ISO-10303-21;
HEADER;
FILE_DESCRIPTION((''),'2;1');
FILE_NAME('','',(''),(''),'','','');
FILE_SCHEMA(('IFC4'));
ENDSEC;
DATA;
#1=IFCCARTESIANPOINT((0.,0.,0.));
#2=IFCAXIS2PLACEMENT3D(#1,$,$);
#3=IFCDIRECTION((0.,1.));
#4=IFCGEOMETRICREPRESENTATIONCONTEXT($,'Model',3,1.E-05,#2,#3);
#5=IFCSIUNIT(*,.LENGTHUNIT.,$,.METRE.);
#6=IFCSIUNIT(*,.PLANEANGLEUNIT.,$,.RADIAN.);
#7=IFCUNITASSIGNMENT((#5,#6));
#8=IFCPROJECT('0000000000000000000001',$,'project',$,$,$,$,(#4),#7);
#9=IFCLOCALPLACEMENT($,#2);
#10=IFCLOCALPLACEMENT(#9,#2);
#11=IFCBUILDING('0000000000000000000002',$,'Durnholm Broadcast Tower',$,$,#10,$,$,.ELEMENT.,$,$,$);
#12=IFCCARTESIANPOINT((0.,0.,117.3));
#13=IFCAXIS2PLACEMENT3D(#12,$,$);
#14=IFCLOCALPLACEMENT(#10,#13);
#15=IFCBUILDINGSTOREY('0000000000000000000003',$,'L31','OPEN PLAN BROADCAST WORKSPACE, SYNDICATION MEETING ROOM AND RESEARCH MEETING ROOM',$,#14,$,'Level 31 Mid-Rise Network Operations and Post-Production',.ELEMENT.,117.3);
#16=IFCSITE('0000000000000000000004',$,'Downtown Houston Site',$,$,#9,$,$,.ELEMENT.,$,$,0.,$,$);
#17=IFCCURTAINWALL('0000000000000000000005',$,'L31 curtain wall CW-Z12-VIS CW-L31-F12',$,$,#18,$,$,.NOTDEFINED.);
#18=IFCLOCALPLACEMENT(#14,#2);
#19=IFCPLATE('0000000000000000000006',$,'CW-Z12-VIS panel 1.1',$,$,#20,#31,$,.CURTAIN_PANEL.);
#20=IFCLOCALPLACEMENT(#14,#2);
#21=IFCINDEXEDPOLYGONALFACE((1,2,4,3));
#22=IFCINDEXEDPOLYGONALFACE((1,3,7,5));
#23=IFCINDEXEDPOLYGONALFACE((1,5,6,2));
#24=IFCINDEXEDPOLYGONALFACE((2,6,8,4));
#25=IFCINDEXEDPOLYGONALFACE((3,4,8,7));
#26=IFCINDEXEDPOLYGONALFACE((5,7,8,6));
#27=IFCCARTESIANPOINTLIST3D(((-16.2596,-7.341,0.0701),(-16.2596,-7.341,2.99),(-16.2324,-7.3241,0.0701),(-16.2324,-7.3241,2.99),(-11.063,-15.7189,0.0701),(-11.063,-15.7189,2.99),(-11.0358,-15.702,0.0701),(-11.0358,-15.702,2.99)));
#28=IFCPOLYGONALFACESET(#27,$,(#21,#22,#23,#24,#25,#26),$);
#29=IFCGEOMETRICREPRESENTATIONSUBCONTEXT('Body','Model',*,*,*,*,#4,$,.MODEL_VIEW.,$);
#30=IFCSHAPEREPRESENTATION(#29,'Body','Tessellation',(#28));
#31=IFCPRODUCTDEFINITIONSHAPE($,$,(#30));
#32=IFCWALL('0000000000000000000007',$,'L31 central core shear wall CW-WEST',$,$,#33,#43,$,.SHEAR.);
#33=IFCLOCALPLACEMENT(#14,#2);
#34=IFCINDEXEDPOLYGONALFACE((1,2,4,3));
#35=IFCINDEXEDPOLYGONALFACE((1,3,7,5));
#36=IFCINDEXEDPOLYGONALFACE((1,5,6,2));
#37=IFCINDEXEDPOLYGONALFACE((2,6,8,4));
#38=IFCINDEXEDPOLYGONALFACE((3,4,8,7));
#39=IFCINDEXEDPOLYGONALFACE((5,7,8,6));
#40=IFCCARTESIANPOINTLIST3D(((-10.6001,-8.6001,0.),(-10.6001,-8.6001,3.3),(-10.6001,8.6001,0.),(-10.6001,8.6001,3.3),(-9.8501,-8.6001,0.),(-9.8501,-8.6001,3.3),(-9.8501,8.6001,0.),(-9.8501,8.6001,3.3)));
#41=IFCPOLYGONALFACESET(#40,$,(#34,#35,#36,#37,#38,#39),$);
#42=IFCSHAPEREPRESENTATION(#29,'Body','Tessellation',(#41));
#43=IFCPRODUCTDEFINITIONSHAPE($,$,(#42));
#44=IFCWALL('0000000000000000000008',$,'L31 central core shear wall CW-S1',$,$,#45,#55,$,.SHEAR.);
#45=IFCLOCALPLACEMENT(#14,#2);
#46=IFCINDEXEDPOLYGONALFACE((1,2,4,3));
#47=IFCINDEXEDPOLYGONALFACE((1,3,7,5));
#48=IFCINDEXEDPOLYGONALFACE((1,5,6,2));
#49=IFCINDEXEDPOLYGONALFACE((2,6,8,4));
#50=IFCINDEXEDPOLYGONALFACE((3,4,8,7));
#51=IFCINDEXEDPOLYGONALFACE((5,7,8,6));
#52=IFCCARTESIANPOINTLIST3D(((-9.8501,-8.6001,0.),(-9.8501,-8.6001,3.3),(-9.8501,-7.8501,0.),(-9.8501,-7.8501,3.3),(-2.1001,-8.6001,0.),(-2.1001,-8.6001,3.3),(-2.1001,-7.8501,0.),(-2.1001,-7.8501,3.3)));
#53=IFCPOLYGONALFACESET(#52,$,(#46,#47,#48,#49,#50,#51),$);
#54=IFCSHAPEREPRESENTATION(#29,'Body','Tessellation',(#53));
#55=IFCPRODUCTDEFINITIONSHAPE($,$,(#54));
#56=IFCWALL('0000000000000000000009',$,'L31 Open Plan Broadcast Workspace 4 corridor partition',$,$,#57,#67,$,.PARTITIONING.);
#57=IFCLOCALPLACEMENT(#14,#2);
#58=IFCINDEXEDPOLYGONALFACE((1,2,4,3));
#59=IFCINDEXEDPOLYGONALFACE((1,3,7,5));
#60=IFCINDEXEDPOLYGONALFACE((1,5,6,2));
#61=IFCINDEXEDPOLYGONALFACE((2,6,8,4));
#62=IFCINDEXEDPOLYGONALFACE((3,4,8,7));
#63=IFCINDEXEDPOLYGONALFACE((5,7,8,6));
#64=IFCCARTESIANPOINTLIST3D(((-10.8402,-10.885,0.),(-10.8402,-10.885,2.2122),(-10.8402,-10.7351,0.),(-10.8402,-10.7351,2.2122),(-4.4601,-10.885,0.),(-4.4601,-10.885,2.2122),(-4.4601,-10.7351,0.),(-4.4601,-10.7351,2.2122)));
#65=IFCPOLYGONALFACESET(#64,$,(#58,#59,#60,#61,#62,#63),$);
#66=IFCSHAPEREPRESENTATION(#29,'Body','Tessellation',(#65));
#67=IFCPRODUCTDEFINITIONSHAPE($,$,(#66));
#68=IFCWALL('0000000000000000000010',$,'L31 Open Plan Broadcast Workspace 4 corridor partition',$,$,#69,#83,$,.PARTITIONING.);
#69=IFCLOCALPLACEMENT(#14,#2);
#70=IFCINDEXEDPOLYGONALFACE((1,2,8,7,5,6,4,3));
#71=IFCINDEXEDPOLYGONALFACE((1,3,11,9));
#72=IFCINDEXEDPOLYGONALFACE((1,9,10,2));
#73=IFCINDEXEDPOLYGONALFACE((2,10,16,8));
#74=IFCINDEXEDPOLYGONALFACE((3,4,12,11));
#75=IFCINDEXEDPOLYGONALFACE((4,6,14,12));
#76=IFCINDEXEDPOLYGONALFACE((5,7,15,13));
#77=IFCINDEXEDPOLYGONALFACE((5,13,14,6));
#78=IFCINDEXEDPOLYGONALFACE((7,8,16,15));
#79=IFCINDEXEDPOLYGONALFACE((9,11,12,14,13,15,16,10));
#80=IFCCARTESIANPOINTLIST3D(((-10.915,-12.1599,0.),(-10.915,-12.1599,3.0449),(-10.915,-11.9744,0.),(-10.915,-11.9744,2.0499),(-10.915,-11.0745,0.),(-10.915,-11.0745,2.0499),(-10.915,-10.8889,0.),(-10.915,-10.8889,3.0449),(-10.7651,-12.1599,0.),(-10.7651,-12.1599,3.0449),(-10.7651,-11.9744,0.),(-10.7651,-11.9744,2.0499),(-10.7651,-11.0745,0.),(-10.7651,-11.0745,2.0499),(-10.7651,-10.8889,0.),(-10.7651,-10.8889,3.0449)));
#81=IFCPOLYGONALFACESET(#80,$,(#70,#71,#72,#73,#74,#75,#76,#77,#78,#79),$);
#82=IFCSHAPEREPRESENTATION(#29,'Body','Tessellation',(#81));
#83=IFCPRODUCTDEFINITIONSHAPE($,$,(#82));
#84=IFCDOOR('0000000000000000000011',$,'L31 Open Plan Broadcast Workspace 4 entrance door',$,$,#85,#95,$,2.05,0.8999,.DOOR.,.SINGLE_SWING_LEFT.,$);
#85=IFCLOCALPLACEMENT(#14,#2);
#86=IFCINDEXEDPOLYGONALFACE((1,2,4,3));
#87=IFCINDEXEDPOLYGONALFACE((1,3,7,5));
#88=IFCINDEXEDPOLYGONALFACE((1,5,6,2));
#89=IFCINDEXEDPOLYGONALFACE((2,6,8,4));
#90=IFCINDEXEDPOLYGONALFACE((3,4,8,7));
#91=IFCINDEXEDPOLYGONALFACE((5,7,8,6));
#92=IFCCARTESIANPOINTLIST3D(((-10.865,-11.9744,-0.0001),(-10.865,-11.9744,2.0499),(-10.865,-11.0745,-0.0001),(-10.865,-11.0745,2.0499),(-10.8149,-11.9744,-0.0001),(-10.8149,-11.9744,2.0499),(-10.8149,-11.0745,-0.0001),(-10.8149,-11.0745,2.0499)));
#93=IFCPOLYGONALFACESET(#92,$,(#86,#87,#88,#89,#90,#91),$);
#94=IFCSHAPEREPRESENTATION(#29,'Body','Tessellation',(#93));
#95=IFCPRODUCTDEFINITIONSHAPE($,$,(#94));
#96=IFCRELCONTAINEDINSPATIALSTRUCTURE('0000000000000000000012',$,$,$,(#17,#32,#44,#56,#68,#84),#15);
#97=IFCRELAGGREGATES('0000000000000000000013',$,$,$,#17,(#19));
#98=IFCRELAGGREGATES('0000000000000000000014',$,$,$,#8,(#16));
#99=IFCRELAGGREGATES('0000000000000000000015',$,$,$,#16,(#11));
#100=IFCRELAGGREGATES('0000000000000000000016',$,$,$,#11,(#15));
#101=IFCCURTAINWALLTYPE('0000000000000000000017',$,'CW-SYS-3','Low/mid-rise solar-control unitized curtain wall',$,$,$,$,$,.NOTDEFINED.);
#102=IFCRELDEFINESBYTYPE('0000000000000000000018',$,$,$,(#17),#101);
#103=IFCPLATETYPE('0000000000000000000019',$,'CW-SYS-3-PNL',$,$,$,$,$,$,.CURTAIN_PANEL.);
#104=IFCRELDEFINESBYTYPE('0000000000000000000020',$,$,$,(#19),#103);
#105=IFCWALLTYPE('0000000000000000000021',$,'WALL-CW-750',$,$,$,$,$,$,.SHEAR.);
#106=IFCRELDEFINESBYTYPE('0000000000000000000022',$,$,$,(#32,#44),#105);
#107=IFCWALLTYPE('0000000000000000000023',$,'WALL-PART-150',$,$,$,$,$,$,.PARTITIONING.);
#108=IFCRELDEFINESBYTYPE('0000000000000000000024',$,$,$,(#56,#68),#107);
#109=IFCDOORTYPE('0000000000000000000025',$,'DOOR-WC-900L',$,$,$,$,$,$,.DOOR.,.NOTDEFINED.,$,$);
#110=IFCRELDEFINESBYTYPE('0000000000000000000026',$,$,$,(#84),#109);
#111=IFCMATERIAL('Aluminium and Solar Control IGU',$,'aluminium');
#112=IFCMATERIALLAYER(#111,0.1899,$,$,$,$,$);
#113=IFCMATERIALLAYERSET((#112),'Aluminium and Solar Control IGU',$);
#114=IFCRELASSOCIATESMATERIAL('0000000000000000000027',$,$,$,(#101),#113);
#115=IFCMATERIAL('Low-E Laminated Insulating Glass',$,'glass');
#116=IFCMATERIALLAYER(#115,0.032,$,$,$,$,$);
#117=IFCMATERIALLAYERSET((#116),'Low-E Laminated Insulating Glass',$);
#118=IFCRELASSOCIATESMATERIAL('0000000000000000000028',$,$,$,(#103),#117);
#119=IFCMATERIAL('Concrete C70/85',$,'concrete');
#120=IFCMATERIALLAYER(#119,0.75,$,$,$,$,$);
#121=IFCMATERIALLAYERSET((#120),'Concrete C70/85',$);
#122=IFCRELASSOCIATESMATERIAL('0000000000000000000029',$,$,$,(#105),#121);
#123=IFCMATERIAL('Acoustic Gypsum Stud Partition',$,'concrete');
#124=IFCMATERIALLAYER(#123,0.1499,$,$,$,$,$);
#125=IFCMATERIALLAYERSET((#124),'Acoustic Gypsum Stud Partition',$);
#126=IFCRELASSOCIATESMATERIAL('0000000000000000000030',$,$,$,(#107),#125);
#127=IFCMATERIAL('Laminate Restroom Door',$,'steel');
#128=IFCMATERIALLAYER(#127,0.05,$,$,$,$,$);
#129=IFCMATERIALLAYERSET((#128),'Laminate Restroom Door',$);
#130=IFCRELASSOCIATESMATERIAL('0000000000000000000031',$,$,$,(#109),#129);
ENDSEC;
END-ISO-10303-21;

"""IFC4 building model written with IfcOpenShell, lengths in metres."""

from ifc_helpers import new_model, si_unit, direction, frame, frame_2d, origin, origin_2d, place, context, subcontext, project, spatial, rectangle, extrude, source, transform, mapped, material, layer, layer_set, type_object, type_shapes, element, fill, aggregate, save


model = new_model("IFC4")

# Units and contexts
model_context = context("Model", 3, precision=1e-05, world=origin(), true_north=direction((0.0, 1.0)))
body_context = subcontext(model_context, "Body", "Model", "MODEL_VIEW")
ifc_project = project(units=[si_unit("LENGTHUNIT", "METRE"), si_unit("PLANEANGLEUNIT", "RADIAN")], contexts=[model_context])

# Site, building, storey
site_placement = place(None, origin())
site = spatial("IfcSite", under=ifc_project, at=site_placement, Name="Downtown Houston Site", CompositionType="ELEMENT", RefElevation=0.0)
building_placement = place(site_placement, origin())
building = spatial("IfcBuilding", under=site, at=building_placement, Name="Durnholm Broadcast Tower", CompositionType="ELEMENT")
storey_placement = place(building_placement, frame((0.0, 0.0, 117.3)))
storey = spatial("IfcBuildingStorey", under=building, at=storey_placement, Name="L31", Description="OPEN PLAN BROADCAST WORKSPACE, SYNDICATION MEETING ROOM AND RESEARCH MEETING ROOM", LongName="Level 31 Mid-Rise Network Operations and Post-Production", CompositionType="ELEMENT", Elevation=117.3)

# Shared definitions
ifc_material_1 = material(Name="Concrete C70/85", Category="concrete")

# Shared definitions
ifc_material_2 = material(Name="Aluminium and Solar Control IGU", Category="aluminium")

# Curtain wall
ifc_layer_1 = layer(ifc_material_2, 0.1899)
ifc_layer_set_1 = layer_set([ifc_layer_1], Name="Aluminium and Solar Control IGU")
curtain_wall_type_1 = type_object("IfcCurtainWallType", Name="CW-SYS-3", Description="Low/mid-rise solar-control unitized curtain wall", PredefinedType="NOTDEFINED", material=ifc_layer_set_1)
curtain_wall_1_placement = place(storey_placement, origin())
curtain_wall_1 = element("IfcCurtainWall", 1, at=curtain_wall_1_placement, inside=storey, type_object=curtain_wall_type_1, Name="L31 curtain wall CW-Z12-VIS CW-L31-F12", PredefinedType="NOTDEFINED")

# Plate
ifc_material_3 = material(Name="Low-E Laminated Insulating Glass", Category="glass")
ifc_layer_2 = layer(ifc_material_3, 0.032)
ifc_layer_set_2 = layer_set([ifc_layer_2], Name="Low-E Laminated Insulating Glass")
plate_type_1 = type_object("IfcPlateType", Name="CW-SYS-3-PNL", PredefinedType="CURTAIN_PANEL", material=ifc_layer_set_2)
shared_shape_1 = source(origin(), body_context, "Body", "SweptSolid", [
    extrude(rectangle(XDim=9.8586, YDim=0.032, at=origin_2d()), origin(), (0.0, 0.0, 1.0), 2.9199),
])
type_shapes(plate_type_1, [shared_shape_1])
plate_1_placement = place(storey_placement, frame((-13.6477, -11.5215, 0.0701), z_axis=(0.0, 0.0, 1.0), x_axis=(-0.527105, 0.8498, 0.0)))
plate_1 = element("IfcPlate", 2, at=plate_1_placement, type_object=plate_type_1, Name="CW-Z12-VIS panel 1.1", PredefinedType="CURTAIN_PANEL", context=body_context, shape_type="MappedRepresentation", body=[
    mapped(shared_shape_1, transform((0.0, 0.0, 0.0), x_axis=(1.0, 0.0, 0.0), y_axis=(0.0, 1.0, 0.0), z_axis=(0.0, 0.0, 1.0), scale=1.0)),
])
aggregate(curtain_wall_1, [plate_1])

# Walls
ifc_layer_3 = layer(ifc_material_1, 0.75)
ifc_layer_set_3 = layer_set([ifc_layer_3], Name="Concrete C70/85")
wall_type_1 = type_object("IfcWallType", Name="WALL-CW-750", PredefinedType="SHEAR", material=ifc_layer_set_3)
wall_1_placement = place(storey_placement, frame((-10.2251, -8.6001, 0.0), z_axis=(0.0, 0.0, 1.0), x_axis=(0.0, 1.0, 0.0)))
element("IfcWall", 3, at=wall_1_placement, inside=storey, type_object=wall_type_1, Name="L31 central core shear wall CW-WEST", PredefinedType="SHEAR", context=body_context, shape_type="SweptSolid", body=[
    extrude(rectangle(XDim=17.2002, YDim=0.75, at=frame_2d((8.6001, 0.0))), origin(), (0.0, 0.0, 1.0), 3.3),
])
wall_2_placement = place(storey_placement, frame((-9.8501, -8.2251, 0.0), z_axis=(0.0, 0.0, 1.0), x_axis=(1.0, 0.0, 0.0)))
element("IfcWall", 4, at=wall_2_placement, inside=storey, type_object=wall_type_1, Name="L31 central core shear wall CW-S1", PredefinedType="SHEAR", context=body_context, shape_type="SweptSolid", body=[
    extrude(rectangle(XDim=7.75, YDim=0.75, at=frame_2d((3.875, 0.0))), origin(), (0.0, 0.0, 1.0), 3.3),
])
ifc_material_4 = material(Name="Acoustic Gypsum Stud Partition", Category="concrete")
ifc_layer_4 = layer(ifc_material_4, 0.1499)
ifc_layer_set_4 = layer_set([ifc_layer_4], Name="Acoustic Gypsum Stud Partition")
wall_type_2 = type_object("IfcWallType", Name="WALL-PART-150", PredefinedType="PARTITIONING", material=ifc_layer_set_4)
wall_3_placement = place(storey_placement, frame((-10.8401, -10.8101, 0.0), z_axis=(0.0, 0.0, 1.0), x_axis=(1.0, 0.0, 0.0)))
element("IfcWall", 5, at=wall_3_placement, inside=storey, type_object=wall_type_2, Name="L31 Open Plan Broadcast Workspace 4 corridor partition", PredefinedType="PARTITIONING", context=body_context, shape_type="SweptSolid", body=[
    extrude(rectangle(XDim=6.3801, YDim=0.1499, at=frame_2d((3.1899, 0.0))), origin(), (0.0, 0.0, 1.0), 2.2122),
])

# Wall, opening, door
wall_4_placement = place(storey_placement, frame((-10.8401, -12.1599, 0.0), z_axis=(0.0, 0.0, 1.0), x_axis=(0.0, 1.0, 0.0)))
wall_4 = element("IfcWall", 6, at=wall_4_placement, inside=storey, type_object=wall_type_2, Name="L31 Open Plan Broadcast Workspace 4 corridor partition", PredefinedType="PARTITIONING", context=body_context, shape_type="SweptSolid", body=[
    extrude(rectangle(XDim=1.271, YDim=0.1499, at=frame_2d((0.6355, 0.0))), origin(), (0.0, 0.0, 1.0), 3.0449),
])
opening_placement = place(wall_4_placement, frame((0.1855, 0.0, 0.0)))
opening = element("IfcOpeningElement", 7, at=opening_placement, cuts=wall_4, PredefinedType="OPENING", context=body_context, shape_type="SweptSolid", body=[
    extrude(rectangle(XDim=0.8999, YDim=2.05, at=frame_2d((0.45, 1.0249))), frame((0.0, 0.085, 0.0), z_axis=(0.0, -1.0, 0.0), x_axis=(1.0, 0.0, 0.0)), (0.0, 0.0, 1.0), 0.1699),
])
ifc_material_5 = material(Name="Laminate Restroom Door", Category="steel")
ifc_layer_5 = layer(ifc_material_5, 0.05)
ifc_layer_set_5 = layer_set([ifc_layer_5], Name="Laminate Restroom Door")
door_type = type_object("IfcDoorType", Name="DOOR-WC-900L", OperationType="NOTDEFINED", PredefinedType="DOOR", material=ifc_layer_set_5)
shared_shape_2 = source(origin(), body_context, "Body", "SweptSolid", [
    extrude(rectangle(XDim=0.8999, YDim=2.05, at=frame_2d((0.45, 1.0249))), frame((0.0, 0.0249, 0.0), z_axis=(0.0, -1.0, 0.0), x_axis=(1.0, 0.0, 0.0)), (0.0, 0.0, 1.0), 0.05),
])
type_shapes(door_type, [shared_shape_2])
door_placement = place(opening_placement, origin())
door = element("IfcDoor", 8, at=door_placement, inside=storey, type_object=door_type, Name="L31 Open Plan Broadcast Workspace 4 entrance door", OperationType="SINGLE_SWING_LEFT", OverallHeight=2.05, OverallWidth=0.8999, PredefinedType="DOOR", context=body_context, shape_type="MappedRepresentation", body=[
    mapped(shared_shape_2, transform((0.0, 0.0, 0.0), x_axis=(1.0, 0.0, 0.0), y_axis=(0.0, 1.0, 0.0), z_axis=(0.0, 0.0, 1.0), scale=1.0)),
])
fill(opening, door)

save(model, "model.ifc")
